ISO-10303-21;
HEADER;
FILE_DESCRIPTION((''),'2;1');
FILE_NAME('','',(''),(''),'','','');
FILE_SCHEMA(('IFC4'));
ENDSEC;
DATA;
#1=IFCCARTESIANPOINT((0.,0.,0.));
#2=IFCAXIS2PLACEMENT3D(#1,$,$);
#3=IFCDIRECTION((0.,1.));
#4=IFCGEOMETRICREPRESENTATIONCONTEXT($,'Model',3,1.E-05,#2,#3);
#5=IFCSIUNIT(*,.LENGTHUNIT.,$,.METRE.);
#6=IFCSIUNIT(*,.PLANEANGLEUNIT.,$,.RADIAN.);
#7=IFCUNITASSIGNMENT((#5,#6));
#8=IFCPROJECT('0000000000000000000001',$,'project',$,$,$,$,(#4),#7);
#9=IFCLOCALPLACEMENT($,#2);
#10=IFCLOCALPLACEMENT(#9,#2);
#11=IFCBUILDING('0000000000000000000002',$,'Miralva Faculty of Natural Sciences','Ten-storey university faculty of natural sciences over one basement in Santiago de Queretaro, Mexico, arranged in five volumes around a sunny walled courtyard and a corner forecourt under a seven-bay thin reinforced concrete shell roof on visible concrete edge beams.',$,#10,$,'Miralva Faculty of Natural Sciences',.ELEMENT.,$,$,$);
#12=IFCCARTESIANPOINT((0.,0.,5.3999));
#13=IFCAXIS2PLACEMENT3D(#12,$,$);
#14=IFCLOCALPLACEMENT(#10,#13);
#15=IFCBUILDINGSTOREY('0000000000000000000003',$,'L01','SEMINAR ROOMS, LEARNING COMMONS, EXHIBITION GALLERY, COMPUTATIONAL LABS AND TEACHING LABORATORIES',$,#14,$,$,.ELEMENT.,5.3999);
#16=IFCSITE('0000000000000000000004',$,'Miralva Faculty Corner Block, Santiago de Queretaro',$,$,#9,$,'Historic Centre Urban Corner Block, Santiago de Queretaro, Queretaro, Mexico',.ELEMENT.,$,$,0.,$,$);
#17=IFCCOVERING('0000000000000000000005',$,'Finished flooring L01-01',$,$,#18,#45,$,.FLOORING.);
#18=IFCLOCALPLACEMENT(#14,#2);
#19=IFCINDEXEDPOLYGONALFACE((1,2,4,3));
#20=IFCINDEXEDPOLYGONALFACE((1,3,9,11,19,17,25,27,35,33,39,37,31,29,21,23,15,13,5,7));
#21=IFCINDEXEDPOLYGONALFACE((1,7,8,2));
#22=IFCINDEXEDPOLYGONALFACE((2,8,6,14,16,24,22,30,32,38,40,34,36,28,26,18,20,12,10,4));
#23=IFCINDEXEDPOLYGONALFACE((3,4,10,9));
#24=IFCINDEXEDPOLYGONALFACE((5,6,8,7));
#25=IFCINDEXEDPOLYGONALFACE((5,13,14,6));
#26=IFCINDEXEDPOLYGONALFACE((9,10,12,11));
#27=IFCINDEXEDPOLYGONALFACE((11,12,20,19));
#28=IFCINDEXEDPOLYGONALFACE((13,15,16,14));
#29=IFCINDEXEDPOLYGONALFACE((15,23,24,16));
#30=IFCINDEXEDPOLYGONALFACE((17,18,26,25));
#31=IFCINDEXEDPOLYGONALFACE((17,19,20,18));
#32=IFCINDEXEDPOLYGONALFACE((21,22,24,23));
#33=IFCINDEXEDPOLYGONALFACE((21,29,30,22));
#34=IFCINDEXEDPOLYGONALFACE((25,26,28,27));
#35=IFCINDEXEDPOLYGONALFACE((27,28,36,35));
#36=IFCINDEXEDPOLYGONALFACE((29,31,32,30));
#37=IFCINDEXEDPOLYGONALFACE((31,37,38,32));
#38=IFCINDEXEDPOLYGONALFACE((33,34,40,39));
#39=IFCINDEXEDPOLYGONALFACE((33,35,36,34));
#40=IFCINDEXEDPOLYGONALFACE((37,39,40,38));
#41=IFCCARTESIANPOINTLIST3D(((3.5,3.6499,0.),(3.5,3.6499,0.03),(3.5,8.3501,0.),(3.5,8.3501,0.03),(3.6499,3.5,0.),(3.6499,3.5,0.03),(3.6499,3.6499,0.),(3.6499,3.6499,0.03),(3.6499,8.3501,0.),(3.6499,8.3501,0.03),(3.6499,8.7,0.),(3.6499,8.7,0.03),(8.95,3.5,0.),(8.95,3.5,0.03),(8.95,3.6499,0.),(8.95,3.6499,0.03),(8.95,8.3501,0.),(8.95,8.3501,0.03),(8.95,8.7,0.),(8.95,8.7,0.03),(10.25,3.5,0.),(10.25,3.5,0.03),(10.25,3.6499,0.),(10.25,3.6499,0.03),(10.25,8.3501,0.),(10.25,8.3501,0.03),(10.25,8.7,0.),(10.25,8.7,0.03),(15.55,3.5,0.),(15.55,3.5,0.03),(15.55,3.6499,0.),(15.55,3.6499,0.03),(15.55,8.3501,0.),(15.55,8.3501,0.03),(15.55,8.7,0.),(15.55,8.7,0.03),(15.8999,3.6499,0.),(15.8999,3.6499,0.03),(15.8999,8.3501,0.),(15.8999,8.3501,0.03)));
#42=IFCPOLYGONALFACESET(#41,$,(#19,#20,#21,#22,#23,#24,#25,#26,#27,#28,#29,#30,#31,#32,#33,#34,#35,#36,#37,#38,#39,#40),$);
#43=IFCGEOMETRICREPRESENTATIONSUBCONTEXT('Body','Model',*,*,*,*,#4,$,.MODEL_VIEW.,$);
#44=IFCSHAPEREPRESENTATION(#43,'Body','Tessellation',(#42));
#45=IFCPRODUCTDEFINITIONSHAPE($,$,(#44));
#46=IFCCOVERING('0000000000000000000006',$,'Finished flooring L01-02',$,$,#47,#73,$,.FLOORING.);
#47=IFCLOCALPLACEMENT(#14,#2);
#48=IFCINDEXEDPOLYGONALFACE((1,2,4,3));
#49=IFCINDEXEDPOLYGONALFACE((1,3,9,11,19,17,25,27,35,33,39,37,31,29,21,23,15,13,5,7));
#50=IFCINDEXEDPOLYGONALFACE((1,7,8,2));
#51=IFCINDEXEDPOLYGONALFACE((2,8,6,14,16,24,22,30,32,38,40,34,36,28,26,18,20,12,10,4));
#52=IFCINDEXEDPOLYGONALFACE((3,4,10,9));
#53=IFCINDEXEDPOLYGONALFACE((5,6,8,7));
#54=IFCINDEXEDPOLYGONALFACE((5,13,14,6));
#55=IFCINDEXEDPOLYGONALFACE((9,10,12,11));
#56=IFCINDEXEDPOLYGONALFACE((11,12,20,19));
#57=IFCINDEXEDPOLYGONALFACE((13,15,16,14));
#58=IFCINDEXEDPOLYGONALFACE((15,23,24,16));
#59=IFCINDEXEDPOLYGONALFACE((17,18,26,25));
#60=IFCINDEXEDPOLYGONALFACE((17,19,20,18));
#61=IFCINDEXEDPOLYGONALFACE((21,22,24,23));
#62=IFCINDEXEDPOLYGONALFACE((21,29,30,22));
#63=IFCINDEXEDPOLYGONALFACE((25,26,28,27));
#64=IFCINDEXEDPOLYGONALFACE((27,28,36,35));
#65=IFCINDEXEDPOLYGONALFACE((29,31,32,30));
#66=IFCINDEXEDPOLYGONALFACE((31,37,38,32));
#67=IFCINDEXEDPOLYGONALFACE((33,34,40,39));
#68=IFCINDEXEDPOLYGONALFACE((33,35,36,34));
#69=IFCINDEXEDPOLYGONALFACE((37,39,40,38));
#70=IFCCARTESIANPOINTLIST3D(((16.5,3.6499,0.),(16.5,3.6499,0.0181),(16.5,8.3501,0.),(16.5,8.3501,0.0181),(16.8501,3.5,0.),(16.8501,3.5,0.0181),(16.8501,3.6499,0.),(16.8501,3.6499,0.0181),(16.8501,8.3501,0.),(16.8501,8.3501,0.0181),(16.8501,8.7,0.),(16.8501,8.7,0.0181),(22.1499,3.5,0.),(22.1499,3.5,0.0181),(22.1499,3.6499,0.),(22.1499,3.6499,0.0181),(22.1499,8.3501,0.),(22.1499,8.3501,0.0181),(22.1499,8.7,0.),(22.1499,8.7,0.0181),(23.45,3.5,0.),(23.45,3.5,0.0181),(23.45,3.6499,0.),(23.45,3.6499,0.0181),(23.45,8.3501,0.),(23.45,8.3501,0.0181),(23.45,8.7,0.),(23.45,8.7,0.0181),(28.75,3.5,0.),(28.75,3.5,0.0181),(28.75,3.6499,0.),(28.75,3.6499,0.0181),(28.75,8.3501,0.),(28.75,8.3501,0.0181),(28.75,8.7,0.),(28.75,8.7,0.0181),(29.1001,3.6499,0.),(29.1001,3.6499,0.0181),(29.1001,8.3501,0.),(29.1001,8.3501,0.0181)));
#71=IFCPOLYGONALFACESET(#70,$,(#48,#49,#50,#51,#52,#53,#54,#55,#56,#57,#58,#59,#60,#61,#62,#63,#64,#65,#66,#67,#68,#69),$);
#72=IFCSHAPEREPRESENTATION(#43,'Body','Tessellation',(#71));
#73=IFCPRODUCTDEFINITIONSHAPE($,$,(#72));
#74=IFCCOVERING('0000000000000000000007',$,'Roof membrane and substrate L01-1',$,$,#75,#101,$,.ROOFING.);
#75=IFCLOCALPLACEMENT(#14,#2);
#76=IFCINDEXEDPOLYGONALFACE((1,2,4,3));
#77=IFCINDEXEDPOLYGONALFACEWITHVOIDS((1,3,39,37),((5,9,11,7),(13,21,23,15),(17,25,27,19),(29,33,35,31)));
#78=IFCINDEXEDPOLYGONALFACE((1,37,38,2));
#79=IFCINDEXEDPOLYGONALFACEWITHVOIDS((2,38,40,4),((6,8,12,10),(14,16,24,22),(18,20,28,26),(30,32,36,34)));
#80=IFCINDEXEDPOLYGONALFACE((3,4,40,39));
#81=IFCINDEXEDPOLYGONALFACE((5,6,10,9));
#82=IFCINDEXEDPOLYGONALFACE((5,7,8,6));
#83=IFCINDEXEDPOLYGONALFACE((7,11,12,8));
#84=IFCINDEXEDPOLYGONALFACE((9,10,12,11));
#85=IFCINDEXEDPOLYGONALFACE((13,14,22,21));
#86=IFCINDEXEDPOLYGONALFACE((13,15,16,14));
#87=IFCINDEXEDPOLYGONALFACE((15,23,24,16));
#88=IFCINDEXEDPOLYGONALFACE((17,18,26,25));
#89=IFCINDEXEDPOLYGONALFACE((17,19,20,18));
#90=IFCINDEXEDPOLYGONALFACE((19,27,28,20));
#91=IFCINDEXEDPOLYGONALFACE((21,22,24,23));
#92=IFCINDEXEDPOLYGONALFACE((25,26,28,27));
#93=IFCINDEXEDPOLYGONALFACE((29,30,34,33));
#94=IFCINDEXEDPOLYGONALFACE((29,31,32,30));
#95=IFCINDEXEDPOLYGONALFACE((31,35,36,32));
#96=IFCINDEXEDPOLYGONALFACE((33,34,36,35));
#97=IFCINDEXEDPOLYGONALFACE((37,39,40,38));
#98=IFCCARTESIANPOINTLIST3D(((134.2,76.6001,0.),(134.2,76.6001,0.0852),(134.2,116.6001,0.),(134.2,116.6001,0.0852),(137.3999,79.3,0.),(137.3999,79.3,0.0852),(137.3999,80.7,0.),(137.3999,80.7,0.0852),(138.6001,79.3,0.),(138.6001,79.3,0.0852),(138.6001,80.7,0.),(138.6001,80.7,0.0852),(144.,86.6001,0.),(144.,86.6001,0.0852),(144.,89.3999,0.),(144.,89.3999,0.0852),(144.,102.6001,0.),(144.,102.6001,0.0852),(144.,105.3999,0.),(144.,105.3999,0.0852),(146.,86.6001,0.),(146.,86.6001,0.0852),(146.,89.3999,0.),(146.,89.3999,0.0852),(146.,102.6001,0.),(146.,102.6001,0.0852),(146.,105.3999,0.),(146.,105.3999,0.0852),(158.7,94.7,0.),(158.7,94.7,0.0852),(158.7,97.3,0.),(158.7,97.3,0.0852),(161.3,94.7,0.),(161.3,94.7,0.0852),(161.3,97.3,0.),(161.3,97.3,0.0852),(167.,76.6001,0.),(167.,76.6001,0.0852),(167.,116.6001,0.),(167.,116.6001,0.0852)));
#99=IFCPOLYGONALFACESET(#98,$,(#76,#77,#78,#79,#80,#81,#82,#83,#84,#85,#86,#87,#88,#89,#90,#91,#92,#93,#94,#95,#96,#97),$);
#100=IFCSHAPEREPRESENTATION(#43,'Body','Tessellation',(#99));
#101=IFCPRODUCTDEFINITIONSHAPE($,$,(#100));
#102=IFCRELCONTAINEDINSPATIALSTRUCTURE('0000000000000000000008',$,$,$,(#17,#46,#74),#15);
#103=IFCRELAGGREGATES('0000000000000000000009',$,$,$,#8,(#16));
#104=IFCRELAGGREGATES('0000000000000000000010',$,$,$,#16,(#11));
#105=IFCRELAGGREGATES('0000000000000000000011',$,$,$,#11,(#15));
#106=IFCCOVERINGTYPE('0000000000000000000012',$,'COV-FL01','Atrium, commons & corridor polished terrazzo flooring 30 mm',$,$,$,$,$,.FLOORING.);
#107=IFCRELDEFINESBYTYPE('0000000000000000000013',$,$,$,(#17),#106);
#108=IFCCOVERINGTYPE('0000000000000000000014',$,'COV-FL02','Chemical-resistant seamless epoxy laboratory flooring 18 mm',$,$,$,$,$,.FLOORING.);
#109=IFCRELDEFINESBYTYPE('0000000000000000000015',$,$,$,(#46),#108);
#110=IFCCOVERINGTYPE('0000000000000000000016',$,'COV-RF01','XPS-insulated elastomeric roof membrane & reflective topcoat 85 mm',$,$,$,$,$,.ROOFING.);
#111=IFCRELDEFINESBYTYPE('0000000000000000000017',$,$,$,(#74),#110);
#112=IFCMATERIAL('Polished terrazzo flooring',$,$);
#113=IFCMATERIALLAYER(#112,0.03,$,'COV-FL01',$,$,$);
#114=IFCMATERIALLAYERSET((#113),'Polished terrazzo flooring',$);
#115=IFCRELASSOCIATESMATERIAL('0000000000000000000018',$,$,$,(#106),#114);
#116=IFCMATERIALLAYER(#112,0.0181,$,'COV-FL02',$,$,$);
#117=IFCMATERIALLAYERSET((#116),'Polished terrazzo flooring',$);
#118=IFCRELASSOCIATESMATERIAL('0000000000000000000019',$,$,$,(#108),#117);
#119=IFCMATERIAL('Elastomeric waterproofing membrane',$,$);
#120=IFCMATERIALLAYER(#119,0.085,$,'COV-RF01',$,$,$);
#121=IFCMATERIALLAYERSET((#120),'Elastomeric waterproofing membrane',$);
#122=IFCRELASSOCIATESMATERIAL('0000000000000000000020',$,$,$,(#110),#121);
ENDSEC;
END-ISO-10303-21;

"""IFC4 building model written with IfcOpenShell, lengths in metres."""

from ifc_helpers import new_model, si_unit, direction, frame, origin, place, context, subcontext, project, spatial, polyline, outline, extrude, material, layer, layer_set, type_object, element, save


model = new_model("IFC4")

# Units and contexts
model_context = context("Model", 3, precision=1e-05, world=origin(), true_north=direction((0.0, 1.0)))
body_context = subcontext(model_context, "Body", "Model", "MODEL_VIEW")
ifc_project = project(units=[si_unit("LENGTHUNIT", "METRE"), si_unit("PLANEANGLEUNIT", "RADIAN")], contexts=[model_context])

# Site, building, storey
site_placement = place(None, origin())
site = spatial("IfcSite", under=ifc_project, at=site_placement, Name="Miralva Faculty Corner Block, Santiago de Queretaro", LongName="Historic Centre Urban Corner Block, Santiago de Queretaro, Queretaro, Mexico", CompositionType="ELEMENT", RefElevation=0.0)
building_placement = place(site_placement, origin())
building = spatial("IfcBuilding", under=site, at=building_placement, Name="Miralva Faculty of Natural Sciences", Description="Ten-storey university faculty of natural sciences over one basement in Santiago de Queretaro, Mexico, arranged in five volumes around a sunny walled courtyard and a corner forecourt under a seven-bay thin reinforced concrete shell roof on visible concrete edge beams.", LongName="Miralva Faculty of Natural Sciences", CompositionType="ELEMENT")
storey_placement = place(building_placement, frame((0.0, 0.0, 5.3999)))
storey = spatial("IfcBuildingStorey", under=building, at=storey_placement, Name="L01", Description="SEMINAR ROOMS, LEARNING COMMONS, EXHIBITION GALLERY, COMPUTATIONAL LABS AND TEACHING LABORATORIES", CompositionType="ELEMENT", Elevation=5.3999)

# Coverings
ifc_material_1 = material(Name="Polished terrazzo flooring")
ifc_layer_1 = layer(ifc_material_1, 0.03, Name="COV-FL01")
ifc_layer_set_1 = layer_set([ifc_layer_1], Name="Polished terrazzo flooring")
covering_type_1 = type_object("IfcCoveringType", Name="COV-FL01", Description="Atrium, commons & corridor polished terrazzo flooring 30 mm", PredefinedType="FLOORING", material=ifc_layer_set_1)
covering_1_placement = place(storey_placement, origin())
element("IfcCovering", 1, at=covering_1_placement, inside=storey, type_object=covering_type_1, Name="Finished flooring L01-01", PredefinedType="FLOORING", context=body_context, shape_type="SweptSolid", body=[
    extrude(outline(polyline([(10.25, 8.7), (15.55, 8.7), (15.55, 8.3501), (15.8999, 8.3501), (15.8999, 3.6499), (15.55, 3.6499), (15.55, 3.5), (10.25, 3.5), (10.25, 3.6499), (8.95, 3.6499), (8.95, 3.5), (3.6499, 3.5), (3.6499, 3.6499), (3.5, 3.6499), (3.5, 8.3501), (3.6499, 8.3501), (3.6499, 8.7), (8.95, 8.7), (8.95, 8.3501), (10.25, 8.3501), (10.25, 8.7)])), origin(), (0.0, 0.0, 1.0), 0.03),
])
ifc_layer_2 = layer(ifc_material_1, 0.0181, Name="COV-FL02")
ifc_layer_set_2 = layer_set([ifc_layer_2], Name="Polished terrazzo flooring")
covering_type_2 = type_object("IfcCoveringType", Name="COV-FL02", Description="Chemical-resistant seamless epoxy laboratory flooring 18 mm", PredefinedType="FLOORING", material=ifc_layer_set_2)
covering_2_placement = place(storey_placement, origin())
element("IfcCovering", 2, at=covering_2_placement, inside=storey, type_object=covering_type_2, Name="Finished flooring L01-02", PredefinedType="FLOORING", context=body_context, shape_type="SweptSolid", body=[
    extrude(outline(polyline([(16.8501, 3.6499), (16.5, 3.6499), (16.5, 8.3501), (16.8501, 8.3501), (16.8501, 8.7), (22.1499, 8.7), (22.1499, 8.3501), (23.45, 8.3501), (23.45, 8.7), (28.75, 8.7), (28.75, 8.3501), (29.1001, 8.3501), (29.1001, 3.6499), (28.75, 3.6499), (28.75, 3.5), (23.45, 3.5), (23.45, 3.6499), (22.1499, 3.6499), (22.1499, 3.5), (16.8501, 3.5), (16.8501, 3.6499)])), origin(), (0.0, 0.0, 1.0), 0.0181),
])
ifc_material_2 = material(Name="Elastomeric waterproofing membrane")
ifc_layer_3 = layer(ifc_material_2, 0.085, Name="COV-RF01")
ifc_layer_set_3 = layer_set([ifc_layer_3], Name="Elastomeric waterproofing membrane")
covering_type_3 = type_object("IfcCoveringType", Name="COV-RF01", Description="XPS-insulated elastomeric roof membrane & reflective topcoat 85 mm", PredefinedType="ROOFING", material=ifc_layer_set_3)
covering_3_placement = place(storey_placement, origin())
element("IfcCovering", 3, at=covering_3_placement, inside=storey, type_object=covering_type_3, Name="Roof membrane and substrate L01-1", PredefinedType="ROOFING", context=body_context, shape_type="SweptSolid", body=[
    extrude(outline(polyline([(134.2, 76.6001), (134.2, 116.6001), (167.0, 116.6001), (167.0, 76.6001), (134.2, 76.6001)]), holes=[polyline([(146.0, 86.6001), (146.0, 89.3999), (144.0, 89.3999), (144.0, 86.6001), (146.0, 86.6001)]), polyline([(144.0, 102.6001), (146.0, 102.6001), (146.0, 105.3999), (144.0, 105.3999), (144.0, 102.6001)]), polyline([(158.7, 97.3), (158.7, 94.7), (161.3, 94.7), (161.3, 97.3), (158.7, 97.3)]), polyline([(138.6001, 80.7), (137.3999, 80.7), (137.3999, 79.3), (138.6001, 79.3), (138.6001, 80.7)])]), origin(), (0.0, 0.0, 1.0), 0.0852),
])

save(model, "model.ifc")
